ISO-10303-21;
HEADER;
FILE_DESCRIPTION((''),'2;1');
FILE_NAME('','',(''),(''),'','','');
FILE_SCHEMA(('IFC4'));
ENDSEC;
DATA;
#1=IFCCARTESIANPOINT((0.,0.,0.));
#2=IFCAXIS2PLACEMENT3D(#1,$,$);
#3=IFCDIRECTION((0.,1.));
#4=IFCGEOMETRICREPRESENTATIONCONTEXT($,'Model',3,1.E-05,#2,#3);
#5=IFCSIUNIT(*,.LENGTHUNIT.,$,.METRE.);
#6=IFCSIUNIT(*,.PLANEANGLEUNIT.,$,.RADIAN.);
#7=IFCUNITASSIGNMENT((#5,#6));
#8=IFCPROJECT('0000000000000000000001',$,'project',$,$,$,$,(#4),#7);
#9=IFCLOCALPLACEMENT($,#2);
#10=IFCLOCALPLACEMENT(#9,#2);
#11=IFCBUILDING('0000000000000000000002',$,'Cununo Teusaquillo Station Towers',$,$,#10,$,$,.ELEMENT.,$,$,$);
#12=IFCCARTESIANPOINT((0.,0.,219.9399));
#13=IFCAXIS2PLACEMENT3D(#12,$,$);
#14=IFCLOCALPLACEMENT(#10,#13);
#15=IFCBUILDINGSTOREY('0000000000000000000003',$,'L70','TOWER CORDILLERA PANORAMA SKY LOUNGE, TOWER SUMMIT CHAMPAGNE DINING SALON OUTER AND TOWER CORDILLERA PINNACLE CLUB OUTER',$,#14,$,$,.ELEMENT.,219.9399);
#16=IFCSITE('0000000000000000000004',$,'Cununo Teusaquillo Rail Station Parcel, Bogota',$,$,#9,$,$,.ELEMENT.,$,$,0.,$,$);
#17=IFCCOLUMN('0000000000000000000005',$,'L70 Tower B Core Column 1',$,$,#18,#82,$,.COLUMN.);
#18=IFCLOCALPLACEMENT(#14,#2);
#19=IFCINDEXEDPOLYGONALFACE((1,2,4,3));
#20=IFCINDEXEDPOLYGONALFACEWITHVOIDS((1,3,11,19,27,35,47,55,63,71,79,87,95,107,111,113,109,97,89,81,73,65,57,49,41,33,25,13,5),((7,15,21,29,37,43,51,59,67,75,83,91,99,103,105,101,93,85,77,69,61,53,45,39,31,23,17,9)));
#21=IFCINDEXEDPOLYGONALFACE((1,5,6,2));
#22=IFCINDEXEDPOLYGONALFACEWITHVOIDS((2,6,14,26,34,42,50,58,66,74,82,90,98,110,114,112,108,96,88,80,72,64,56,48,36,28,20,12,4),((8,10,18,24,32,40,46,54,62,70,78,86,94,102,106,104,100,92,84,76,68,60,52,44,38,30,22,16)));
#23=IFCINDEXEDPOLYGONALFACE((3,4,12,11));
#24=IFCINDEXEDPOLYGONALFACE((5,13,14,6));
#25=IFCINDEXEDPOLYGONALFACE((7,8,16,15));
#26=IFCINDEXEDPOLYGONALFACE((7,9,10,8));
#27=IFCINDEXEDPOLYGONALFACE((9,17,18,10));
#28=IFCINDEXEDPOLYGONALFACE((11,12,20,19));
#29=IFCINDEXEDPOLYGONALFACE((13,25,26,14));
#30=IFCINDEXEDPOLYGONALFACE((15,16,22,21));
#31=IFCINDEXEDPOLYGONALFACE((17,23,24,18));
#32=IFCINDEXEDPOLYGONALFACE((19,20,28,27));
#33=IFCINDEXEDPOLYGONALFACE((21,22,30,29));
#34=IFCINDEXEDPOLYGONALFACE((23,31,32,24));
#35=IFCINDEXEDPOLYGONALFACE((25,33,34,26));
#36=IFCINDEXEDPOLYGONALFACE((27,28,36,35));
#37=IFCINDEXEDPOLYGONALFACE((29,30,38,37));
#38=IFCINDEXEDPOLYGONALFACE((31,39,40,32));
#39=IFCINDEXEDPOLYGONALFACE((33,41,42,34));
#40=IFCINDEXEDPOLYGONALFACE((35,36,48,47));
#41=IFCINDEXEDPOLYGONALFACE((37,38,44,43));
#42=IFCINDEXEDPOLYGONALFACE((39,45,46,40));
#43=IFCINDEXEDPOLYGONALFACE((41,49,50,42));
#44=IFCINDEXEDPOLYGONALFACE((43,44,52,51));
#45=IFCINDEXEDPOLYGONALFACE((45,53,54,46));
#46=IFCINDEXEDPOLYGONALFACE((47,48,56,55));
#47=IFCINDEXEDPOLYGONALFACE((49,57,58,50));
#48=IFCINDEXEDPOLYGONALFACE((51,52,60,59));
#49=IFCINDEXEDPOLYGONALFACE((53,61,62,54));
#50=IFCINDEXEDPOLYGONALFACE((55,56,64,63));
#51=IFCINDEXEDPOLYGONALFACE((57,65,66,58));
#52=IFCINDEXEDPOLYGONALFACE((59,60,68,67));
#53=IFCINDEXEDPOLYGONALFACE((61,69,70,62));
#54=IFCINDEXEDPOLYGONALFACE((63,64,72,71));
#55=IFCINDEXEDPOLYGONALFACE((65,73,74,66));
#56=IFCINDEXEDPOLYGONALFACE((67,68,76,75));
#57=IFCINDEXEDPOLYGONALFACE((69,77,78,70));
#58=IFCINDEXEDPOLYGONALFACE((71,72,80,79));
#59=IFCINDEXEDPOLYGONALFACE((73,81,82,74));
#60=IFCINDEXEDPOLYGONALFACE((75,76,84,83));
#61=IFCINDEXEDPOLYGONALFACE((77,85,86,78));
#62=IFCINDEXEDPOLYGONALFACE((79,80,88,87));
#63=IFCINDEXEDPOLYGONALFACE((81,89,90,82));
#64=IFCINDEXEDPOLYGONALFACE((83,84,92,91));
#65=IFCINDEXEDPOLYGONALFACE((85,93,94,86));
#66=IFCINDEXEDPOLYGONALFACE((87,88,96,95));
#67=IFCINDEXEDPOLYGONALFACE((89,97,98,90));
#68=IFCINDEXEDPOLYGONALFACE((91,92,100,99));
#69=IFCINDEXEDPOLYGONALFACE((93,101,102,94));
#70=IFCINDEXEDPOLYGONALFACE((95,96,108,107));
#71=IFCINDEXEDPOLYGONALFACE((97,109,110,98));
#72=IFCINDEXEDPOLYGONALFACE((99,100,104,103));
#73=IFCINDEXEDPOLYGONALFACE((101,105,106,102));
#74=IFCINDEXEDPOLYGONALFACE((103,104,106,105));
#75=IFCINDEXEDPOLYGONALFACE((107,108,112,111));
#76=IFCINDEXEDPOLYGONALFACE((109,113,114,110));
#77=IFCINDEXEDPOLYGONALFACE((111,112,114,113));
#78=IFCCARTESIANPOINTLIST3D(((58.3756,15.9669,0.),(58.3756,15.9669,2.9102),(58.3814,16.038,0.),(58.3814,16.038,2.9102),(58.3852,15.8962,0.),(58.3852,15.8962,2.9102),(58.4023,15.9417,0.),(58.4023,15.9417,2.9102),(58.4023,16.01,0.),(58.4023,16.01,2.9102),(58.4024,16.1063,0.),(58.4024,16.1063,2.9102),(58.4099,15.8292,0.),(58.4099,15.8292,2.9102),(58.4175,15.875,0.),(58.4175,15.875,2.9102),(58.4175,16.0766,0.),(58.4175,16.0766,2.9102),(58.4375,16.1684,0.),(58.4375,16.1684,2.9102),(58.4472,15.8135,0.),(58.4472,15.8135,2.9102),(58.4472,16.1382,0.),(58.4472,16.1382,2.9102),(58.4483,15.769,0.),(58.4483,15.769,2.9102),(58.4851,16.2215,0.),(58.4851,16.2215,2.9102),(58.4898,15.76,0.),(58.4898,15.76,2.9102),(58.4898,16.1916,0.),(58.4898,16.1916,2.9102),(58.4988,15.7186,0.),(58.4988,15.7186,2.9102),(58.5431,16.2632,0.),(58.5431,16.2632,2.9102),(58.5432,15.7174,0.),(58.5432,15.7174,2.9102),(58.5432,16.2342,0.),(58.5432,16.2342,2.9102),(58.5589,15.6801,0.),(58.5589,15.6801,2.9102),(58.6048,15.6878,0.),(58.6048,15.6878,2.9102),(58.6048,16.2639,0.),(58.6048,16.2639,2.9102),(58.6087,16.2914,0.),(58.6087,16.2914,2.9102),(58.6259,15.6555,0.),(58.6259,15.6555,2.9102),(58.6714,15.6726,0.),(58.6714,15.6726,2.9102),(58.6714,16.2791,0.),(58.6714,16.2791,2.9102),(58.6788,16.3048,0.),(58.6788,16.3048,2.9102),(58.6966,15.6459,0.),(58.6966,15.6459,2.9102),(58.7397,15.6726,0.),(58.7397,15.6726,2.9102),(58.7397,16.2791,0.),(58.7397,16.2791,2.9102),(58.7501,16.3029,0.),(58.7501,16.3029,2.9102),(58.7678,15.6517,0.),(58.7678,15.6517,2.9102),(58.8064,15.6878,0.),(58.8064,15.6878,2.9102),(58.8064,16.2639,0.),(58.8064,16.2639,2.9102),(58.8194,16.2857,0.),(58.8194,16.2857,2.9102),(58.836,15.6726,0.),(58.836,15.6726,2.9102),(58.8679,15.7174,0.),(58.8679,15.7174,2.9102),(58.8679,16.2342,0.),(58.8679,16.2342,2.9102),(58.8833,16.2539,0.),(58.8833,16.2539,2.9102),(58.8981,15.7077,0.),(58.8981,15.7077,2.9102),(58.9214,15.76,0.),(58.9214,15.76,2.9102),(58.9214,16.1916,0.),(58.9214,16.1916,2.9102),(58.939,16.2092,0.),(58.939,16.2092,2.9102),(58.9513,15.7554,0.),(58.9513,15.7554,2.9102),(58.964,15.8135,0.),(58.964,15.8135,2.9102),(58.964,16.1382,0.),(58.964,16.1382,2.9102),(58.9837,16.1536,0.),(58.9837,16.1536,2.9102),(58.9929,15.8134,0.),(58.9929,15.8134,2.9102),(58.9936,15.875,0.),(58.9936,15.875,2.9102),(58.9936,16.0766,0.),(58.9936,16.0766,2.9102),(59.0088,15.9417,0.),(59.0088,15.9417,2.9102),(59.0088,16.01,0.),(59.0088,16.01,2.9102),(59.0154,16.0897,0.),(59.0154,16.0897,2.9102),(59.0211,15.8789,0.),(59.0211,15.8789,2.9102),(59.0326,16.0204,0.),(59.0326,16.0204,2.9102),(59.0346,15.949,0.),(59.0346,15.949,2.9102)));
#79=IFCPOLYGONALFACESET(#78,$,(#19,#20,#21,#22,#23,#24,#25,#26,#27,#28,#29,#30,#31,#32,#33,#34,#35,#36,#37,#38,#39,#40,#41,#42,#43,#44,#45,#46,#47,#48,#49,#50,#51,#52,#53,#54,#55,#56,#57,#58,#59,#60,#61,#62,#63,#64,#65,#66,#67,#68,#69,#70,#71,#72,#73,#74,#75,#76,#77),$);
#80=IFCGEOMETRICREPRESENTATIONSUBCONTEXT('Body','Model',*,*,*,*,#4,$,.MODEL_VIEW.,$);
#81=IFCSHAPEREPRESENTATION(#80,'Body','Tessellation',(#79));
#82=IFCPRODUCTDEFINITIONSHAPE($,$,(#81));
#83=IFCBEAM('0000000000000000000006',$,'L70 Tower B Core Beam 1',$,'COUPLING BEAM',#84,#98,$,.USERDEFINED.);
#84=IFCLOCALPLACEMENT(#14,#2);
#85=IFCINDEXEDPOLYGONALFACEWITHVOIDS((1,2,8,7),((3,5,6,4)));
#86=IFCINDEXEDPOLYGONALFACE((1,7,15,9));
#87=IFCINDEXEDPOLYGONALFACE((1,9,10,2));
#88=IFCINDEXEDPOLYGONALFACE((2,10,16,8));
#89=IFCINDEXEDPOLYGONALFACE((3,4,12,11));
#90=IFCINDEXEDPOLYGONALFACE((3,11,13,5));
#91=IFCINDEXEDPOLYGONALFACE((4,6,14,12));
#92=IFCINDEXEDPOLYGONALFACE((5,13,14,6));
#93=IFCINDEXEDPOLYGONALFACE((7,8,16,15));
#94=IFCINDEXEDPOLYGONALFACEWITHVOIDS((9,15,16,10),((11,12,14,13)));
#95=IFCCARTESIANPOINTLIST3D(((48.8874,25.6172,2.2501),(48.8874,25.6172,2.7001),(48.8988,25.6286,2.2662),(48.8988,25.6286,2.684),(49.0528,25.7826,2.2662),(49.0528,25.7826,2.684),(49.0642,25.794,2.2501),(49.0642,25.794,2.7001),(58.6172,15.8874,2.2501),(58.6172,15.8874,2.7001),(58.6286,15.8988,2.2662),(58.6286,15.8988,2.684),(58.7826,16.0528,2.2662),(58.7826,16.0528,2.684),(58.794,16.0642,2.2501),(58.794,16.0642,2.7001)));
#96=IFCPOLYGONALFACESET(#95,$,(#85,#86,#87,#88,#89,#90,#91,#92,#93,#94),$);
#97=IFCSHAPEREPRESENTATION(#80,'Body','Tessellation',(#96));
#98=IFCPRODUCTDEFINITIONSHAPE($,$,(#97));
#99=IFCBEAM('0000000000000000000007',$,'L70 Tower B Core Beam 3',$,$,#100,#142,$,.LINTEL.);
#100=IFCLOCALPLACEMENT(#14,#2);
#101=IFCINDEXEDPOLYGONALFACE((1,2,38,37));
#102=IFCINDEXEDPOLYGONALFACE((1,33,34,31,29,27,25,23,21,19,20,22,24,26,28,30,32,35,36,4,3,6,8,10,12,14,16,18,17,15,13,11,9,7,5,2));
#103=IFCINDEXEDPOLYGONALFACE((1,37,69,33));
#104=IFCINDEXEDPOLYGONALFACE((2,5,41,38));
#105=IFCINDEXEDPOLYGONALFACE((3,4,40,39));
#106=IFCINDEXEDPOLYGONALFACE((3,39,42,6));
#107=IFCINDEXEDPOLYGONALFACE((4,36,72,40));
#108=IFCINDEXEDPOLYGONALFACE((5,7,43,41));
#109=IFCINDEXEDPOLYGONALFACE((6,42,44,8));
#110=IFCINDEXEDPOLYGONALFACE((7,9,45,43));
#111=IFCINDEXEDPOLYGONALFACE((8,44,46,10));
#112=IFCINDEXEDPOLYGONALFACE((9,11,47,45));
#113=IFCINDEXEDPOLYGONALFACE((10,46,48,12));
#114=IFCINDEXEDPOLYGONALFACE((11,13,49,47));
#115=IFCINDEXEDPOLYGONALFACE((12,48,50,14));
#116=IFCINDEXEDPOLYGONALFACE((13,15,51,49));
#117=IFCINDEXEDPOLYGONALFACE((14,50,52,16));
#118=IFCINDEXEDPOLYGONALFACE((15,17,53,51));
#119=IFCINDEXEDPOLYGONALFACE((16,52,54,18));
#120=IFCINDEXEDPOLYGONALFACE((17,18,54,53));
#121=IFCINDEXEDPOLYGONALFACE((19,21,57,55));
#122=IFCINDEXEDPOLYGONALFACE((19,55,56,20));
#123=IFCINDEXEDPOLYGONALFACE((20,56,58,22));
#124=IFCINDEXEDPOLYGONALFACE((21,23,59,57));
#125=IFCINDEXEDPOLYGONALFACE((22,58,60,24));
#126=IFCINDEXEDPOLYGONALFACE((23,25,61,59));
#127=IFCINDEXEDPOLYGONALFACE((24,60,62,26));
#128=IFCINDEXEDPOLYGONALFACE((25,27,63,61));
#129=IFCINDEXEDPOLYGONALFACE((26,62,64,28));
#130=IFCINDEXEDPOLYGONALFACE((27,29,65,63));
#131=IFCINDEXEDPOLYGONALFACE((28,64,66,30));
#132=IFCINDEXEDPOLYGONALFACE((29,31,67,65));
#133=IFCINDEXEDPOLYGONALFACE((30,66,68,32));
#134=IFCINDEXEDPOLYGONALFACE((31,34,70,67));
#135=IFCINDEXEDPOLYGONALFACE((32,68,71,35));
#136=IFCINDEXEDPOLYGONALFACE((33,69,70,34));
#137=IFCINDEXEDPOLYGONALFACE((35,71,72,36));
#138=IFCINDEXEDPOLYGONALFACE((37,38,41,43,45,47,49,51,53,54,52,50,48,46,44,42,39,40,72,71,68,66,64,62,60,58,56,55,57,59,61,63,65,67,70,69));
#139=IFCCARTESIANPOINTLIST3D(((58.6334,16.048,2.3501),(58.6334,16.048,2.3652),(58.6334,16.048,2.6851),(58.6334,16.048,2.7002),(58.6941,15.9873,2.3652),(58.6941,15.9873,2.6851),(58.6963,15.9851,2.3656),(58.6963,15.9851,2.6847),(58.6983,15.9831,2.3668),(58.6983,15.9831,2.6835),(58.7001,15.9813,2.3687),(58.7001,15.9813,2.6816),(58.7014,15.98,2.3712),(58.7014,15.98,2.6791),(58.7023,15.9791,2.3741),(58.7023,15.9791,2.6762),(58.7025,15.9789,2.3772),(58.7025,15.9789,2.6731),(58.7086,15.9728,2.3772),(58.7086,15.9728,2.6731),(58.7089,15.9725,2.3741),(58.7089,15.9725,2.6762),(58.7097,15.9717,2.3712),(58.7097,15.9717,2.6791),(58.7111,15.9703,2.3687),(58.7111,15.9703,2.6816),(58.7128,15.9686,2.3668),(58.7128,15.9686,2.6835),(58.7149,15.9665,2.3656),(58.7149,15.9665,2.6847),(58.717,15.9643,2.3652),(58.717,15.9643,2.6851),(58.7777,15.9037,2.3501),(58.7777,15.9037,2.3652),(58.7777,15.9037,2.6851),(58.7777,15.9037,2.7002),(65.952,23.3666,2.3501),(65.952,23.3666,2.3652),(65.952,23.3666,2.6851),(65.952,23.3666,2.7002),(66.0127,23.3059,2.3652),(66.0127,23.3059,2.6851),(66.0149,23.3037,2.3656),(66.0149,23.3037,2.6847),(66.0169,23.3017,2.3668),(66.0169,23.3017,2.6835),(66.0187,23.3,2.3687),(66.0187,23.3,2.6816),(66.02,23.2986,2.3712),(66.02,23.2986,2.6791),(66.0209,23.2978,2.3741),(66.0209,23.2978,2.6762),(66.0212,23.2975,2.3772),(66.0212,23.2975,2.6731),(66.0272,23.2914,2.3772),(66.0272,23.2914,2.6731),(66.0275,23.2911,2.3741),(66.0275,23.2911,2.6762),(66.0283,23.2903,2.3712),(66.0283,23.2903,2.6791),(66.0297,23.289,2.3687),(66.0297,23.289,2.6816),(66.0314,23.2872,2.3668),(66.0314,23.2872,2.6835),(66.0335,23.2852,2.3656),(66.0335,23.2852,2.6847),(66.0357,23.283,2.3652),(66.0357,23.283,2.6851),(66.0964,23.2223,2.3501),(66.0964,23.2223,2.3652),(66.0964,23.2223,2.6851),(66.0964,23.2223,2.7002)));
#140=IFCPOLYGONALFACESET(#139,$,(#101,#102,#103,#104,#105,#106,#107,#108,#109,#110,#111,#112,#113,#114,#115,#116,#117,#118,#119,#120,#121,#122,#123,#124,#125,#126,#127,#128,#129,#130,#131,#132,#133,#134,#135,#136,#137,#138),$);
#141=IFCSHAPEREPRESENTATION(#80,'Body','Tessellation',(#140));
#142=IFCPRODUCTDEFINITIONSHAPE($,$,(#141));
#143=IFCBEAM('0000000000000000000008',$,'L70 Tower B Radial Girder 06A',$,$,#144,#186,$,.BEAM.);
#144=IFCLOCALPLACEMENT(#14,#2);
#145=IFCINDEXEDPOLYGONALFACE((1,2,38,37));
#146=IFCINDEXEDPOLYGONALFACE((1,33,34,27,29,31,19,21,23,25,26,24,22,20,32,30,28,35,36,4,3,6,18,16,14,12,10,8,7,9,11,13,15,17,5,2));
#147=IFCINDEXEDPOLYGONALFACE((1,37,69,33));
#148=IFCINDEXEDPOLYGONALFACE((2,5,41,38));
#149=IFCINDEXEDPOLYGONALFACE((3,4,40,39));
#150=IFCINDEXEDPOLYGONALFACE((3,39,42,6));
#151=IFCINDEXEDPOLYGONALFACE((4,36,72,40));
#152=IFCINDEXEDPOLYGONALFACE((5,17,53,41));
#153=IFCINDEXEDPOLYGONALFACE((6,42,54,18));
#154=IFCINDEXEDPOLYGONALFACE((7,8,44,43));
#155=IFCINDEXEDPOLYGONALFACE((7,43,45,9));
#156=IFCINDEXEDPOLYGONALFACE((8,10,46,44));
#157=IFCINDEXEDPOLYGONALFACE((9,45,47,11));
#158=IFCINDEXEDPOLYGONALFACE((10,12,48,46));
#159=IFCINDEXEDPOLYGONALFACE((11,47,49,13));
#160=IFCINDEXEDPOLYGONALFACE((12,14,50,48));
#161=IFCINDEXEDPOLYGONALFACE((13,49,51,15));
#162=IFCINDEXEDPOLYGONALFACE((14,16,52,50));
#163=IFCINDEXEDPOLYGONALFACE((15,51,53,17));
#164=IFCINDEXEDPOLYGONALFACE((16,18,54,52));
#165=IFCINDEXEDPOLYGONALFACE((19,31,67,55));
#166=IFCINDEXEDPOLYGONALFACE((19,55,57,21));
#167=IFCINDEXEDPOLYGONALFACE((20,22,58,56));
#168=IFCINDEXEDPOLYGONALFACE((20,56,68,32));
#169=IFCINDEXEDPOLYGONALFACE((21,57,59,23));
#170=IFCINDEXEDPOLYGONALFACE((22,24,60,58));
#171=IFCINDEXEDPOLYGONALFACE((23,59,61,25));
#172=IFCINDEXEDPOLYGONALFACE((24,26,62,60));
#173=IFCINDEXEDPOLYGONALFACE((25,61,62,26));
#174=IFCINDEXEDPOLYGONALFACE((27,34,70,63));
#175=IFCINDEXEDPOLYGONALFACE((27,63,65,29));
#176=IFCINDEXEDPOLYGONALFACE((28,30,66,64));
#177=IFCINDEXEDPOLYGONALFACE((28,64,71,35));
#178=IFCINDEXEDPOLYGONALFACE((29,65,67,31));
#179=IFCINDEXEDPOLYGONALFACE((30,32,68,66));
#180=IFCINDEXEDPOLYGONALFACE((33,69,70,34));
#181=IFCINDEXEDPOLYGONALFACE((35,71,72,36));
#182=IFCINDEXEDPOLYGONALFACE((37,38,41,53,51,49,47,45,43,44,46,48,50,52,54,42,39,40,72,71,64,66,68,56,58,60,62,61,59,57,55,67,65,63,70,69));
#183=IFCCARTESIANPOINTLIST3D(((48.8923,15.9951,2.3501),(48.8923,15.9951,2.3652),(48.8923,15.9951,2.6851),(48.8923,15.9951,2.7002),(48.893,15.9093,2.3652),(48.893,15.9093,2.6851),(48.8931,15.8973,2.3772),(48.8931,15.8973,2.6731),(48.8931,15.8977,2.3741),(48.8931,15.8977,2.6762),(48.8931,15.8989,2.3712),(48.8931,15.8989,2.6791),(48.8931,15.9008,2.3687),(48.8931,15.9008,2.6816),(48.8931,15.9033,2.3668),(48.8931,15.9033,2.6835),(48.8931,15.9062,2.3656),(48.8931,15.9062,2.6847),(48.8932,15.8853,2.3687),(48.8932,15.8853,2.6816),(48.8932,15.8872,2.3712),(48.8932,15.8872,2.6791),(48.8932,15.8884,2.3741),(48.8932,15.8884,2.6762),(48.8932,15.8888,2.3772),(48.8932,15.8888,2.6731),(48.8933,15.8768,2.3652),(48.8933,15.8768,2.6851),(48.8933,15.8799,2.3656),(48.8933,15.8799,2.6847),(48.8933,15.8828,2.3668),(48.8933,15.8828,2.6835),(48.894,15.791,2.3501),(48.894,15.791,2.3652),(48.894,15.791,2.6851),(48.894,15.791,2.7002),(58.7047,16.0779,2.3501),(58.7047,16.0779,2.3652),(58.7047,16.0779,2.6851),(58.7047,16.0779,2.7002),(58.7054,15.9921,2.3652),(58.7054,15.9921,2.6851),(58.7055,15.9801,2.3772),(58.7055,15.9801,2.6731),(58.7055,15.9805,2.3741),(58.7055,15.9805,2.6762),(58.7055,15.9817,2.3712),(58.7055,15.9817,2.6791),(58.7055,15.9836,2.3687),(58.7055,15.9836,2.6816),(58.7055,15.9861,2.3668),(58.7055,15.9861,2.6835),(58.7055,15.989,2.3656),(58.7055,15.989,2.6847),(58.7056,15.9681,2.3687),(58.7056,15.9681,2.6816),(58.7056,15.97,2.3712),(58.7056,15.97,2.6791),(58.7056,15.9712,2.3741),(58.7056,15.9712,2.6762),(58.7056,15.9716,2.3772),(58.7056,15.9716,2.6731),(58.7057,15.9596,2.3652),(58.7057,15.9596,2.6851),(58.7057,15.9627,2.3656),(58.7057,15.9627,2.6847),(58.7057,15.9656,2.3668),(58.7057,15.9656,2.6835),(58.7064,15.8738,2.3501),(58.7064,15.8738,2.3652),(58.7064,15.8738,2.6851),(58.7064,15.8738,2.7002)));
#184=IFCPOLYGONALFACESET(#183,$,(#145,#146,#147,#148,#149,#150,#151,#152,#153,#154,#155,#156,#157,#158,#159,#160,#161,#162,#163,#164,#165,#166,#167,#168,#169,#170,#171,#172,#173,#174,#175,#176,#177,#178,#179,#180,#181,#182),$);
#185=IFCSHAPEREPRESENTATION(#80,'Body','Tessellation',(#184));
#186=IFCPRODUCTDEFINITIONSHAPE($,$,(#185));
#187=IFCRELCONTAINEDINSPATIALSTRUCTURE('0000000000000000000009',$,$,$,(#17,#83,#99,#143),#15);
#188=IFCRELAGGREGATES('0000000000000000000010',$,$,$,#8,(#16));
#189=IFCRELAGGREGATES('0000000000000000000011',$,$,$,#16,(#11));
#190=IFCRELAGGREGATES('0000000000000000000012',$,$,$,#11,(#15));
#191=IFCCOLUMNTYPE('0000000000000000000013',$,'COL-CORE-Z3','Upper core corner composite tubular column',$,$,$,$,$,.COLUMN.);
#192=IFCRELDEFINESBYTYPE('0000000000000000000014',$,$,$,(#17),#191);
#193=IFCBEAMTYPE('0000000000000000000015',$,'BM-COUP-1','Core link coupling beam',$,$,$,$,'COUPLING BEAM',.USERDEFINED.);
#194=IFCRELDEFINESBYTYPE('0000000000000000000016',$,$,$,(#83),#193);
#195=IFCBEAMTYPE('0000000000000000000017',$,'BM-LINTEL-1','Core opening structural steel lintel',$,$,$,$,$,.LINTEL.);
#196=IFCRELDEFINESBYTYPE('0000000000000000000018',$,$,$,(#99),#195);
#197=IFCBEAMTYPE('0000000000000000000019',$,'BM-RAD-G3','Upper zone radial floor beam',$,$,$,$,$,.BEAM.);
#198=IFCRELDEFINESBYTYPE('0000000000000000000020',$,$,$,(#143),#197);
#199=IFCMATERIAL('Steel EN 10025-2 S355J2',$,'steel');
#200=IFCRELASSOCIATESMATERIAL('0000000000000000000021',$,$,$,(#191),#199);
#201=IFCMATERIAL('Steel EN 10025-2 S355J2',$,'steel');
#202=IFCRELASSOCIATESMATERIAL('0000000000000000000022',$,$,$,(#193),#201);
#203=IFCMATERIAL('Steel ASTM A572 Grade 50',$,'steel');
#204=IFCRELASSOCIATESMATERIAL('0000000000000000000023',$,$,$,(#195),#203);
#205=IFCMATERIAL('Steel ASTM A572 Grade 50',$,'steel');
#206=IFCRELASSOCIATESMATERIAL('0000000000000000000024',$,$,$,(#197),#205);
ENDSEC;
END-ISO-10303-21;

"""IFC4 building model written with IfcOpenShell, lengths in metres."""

from ifc_helpers import new_model, si_unit, direction, frame, origin, origin_2d, place, context, subcontext, project, spatial, hollow_rectangle, hollow_circle, i_section, extrude, material, material_profile, profile_set, type_object, element, save


model = new_model("IFC4")

# Units and contexts
model_context = context("Model", 3, precision=1e-05, world=origin(), true_north=direction((0.0, 1.0)))
body_context = subcontext(model_context, "Body", "Model", "MODEL_VIEW")
ifc_project = project(units=[si_unit("LENGTHUNIT", "METRE"), si_unit("PLANEANGLEUNIT", "RADIAN")], contexts=[model_context])

# Site, building, storey
site_placement = place(None, origin())
site = spatial("IfcSite", under=ifc_project, at=site_placement, Name="Cununo Teusaquillo Rail Station Parcel, Bogota", CompositionType="ELEMENT", RefElevation=0.0)
building_placement = place(site_placement, origin())
building = spatial("IfcBuilding", under=site, at=building_placement, Name="Cununo Teusaquillo Station Towers", CompositionType="ELEMENT")
storey_placement = place(building_placement, frame((0.0, 0.0, 219.9399)))
storey = spatial("IfcBuildingStorey", under=building, at=storey_placement, Name="L70", Description="TOWER CORDILLERA PANORAMA SKY LOUNGE, TOWER SUMMIT CHAMPAGNE DINING SALON OUTER AND TOWER CORDILLERA PINNACLE CLUB OUTER", CompositionType="ELEMENT", Elevation=219.9399)

# Column
ifc_material_1 = material(Name="Steel EN 10025-2 S355J2", Category="steel")
ifc_material_profile_1 = material_profile(ifc_material_1, hollow_circle(Radius=0.3301, WallThickness=0.0249, at=origin_2d()), Name="CHS 660x25")
ifc_profile_set_1 = profile_set([ifc_material_profile_1], Name="Steel EN 10025-2 S355J2")
column_type = type_object("IfcColumnType", Name="COL-CORE-Z3", Description="Upper core corner composite tubular column", PredefinedType="COLUMN", material=ifc_profile_set_1)
column_placement = place(storey_placement, frame((58.7056, 15.9758, 0.0), z_axis=(0.0, 0.0, 1.0), x_axis=(0.707107, 0.707107, 0.0)))
element("IfcColumn", 1, at=column_placement, inside=storey, type_object=column_type, Name="L70 Tower B Core Column 1", PredefinedType="COLUMN", context=body_context, shape_type="SweptSolid", body=[
    extrude(hollow_circle(Radius=0.3301, WallThickness=0.0249, at=origin_2d()), origin(), (0.0, 0.0, 1.0), 2.9102),
])

# Beams
ifc_material_2 = material(Name="Steel EN 10025-2 S355J2", Category="steel")
ifc_material_profile_2 = material_profile(ifc_material_2, hollow_rectangle(XDim=0.25, YDim=0.45, WallThickness=0.0161, at=origin_2d()), Name="RHS 450x250x16")
ifc_profile_set_2 = profile_set([ifc_material_profile_2], Name="Steel EN 10025-2 S355J2")
beam_type_1 = type_object("IfcBeamType", Name="BM-COUP-1", Description="Core link coupling beam", ElementType="COUPLING BEAM", PredefinedType="USERDEFINED", material=ifc_profile_set_2)
beam_1_placement = place(storey_placement, frame((58.7056, 15.9758, 2.4751), z_axis=(-0.707107, 0.707107, 0.0), x_axis=(-0.707107, -0.707107, 0.0)))
element("IfcBeam", 2, at=beam_1_placement, inside=storey, type_object=beam_type_1, Name="L70 Tower B Core Beam 1", ObjectType="COUPLING BEAM", PredefinedType="USERDEFINED", context=body_context, shape_type="SweptSolid", body=[
    extrude(hollow_rectangle(XDim=0.25, YDim=0.45, WallThickness=0.0161, at=origin_2d()), origin(), (0.0, 0.0, 1.0), 13.76),
])
ifc_material_3 = material(Name="Steel ASTM A572 Grade 50", Category="steel")
ifc_material_profile_3 = material_profile(ifc_material_3, i_section(OverallWidth=0.2041, OverallDepth=0.3501, WebThickness=0.0085, FlangeThickness=0.0151, FilletRadius=0.012, at=origin_2d()), Name="W14X48")
ifc_profile_set_3 = profile_set([ifc_material_profile_3], Name="Steel ASTM A572 Grade 50")
beam_type_2 = type_object("IfcBeamType", Name="BM-LINTEL-1", Description="Core opening structural steel lintel", PredefinedType="LINTEL", material=ifc_profile_set_3)
beam_2_placement = place(storey_placement, frame((58.7056, 15.9758, 2.5251), z_axis=(0.707107, 0.707107, 0.0), x_axis=(-0.707107, 0.707107, 0.0)))
element("IfcBeam", 3, at=beam_2_placement, inside=storey, type_object=beam_type_2, Name="L70 Tower B Core Beam 3", PredefinedType="LINTEL", context=body_context, shape_type="SweptSolid", body=[
    extrude(i_section(OverallWidth=0.2041, OverallDepth=0.3501, WebThickness=0.0085, FlangeThickness=0.0151, FilletRadius=0.012, at=origin_2d()), origin(), (0.0, 0.0, 1.0), 10.3501),
])
ifc_material_4 = material(Name="Steel ASTM A572 Grade 50", Category="steel")
ifc_material_profile_4 = material_profile(ifc_material_4, i_section(OverallWidth=0.2041, OverallDepth=0.3501, WebThickness=0.0085, FlangeThickness=0.0151, FilletRadius=0.012, at=origin_2d()), Name="W14X48")
ifc_profile_set_4 = profile_set([ifc_material_profile_4], Name="Steel ASTM A572 Grade 50")
beam_type_3 = type_object("IfcBeamType", Name="BM-RAD-G3", Description="Upper zone radial floor beam", PredefinedType="BEAM", material=ifc_profile_set_4)
beam_3_placement = place(storey_placement, frame((58.7056, 15.9758, 2.5251), z_axis=(-0.999964, -0.008434, 0.0), x_axis=(0.008434, -0.999964, 0.0)))
element("IfcBeam", 4, at=beam_3_placement, inside=storey, type_object=beam_type_3, Name="L70 Tower B Radial Girder 06A", PredefinedType="BEAM", context=body_context, shape_type="SweptSolid", body=[
    extrude(i_section(OverallWidth=0.2041, OverallDepth=0.3501, WebThickness=0.0085, FlangeThickness=0.0151, FilletRadius=0.012, at=origin_2d()), origin(), (0.0, 0.0, 1.0), 9.8127),
])

save(model, "model.ifc")
